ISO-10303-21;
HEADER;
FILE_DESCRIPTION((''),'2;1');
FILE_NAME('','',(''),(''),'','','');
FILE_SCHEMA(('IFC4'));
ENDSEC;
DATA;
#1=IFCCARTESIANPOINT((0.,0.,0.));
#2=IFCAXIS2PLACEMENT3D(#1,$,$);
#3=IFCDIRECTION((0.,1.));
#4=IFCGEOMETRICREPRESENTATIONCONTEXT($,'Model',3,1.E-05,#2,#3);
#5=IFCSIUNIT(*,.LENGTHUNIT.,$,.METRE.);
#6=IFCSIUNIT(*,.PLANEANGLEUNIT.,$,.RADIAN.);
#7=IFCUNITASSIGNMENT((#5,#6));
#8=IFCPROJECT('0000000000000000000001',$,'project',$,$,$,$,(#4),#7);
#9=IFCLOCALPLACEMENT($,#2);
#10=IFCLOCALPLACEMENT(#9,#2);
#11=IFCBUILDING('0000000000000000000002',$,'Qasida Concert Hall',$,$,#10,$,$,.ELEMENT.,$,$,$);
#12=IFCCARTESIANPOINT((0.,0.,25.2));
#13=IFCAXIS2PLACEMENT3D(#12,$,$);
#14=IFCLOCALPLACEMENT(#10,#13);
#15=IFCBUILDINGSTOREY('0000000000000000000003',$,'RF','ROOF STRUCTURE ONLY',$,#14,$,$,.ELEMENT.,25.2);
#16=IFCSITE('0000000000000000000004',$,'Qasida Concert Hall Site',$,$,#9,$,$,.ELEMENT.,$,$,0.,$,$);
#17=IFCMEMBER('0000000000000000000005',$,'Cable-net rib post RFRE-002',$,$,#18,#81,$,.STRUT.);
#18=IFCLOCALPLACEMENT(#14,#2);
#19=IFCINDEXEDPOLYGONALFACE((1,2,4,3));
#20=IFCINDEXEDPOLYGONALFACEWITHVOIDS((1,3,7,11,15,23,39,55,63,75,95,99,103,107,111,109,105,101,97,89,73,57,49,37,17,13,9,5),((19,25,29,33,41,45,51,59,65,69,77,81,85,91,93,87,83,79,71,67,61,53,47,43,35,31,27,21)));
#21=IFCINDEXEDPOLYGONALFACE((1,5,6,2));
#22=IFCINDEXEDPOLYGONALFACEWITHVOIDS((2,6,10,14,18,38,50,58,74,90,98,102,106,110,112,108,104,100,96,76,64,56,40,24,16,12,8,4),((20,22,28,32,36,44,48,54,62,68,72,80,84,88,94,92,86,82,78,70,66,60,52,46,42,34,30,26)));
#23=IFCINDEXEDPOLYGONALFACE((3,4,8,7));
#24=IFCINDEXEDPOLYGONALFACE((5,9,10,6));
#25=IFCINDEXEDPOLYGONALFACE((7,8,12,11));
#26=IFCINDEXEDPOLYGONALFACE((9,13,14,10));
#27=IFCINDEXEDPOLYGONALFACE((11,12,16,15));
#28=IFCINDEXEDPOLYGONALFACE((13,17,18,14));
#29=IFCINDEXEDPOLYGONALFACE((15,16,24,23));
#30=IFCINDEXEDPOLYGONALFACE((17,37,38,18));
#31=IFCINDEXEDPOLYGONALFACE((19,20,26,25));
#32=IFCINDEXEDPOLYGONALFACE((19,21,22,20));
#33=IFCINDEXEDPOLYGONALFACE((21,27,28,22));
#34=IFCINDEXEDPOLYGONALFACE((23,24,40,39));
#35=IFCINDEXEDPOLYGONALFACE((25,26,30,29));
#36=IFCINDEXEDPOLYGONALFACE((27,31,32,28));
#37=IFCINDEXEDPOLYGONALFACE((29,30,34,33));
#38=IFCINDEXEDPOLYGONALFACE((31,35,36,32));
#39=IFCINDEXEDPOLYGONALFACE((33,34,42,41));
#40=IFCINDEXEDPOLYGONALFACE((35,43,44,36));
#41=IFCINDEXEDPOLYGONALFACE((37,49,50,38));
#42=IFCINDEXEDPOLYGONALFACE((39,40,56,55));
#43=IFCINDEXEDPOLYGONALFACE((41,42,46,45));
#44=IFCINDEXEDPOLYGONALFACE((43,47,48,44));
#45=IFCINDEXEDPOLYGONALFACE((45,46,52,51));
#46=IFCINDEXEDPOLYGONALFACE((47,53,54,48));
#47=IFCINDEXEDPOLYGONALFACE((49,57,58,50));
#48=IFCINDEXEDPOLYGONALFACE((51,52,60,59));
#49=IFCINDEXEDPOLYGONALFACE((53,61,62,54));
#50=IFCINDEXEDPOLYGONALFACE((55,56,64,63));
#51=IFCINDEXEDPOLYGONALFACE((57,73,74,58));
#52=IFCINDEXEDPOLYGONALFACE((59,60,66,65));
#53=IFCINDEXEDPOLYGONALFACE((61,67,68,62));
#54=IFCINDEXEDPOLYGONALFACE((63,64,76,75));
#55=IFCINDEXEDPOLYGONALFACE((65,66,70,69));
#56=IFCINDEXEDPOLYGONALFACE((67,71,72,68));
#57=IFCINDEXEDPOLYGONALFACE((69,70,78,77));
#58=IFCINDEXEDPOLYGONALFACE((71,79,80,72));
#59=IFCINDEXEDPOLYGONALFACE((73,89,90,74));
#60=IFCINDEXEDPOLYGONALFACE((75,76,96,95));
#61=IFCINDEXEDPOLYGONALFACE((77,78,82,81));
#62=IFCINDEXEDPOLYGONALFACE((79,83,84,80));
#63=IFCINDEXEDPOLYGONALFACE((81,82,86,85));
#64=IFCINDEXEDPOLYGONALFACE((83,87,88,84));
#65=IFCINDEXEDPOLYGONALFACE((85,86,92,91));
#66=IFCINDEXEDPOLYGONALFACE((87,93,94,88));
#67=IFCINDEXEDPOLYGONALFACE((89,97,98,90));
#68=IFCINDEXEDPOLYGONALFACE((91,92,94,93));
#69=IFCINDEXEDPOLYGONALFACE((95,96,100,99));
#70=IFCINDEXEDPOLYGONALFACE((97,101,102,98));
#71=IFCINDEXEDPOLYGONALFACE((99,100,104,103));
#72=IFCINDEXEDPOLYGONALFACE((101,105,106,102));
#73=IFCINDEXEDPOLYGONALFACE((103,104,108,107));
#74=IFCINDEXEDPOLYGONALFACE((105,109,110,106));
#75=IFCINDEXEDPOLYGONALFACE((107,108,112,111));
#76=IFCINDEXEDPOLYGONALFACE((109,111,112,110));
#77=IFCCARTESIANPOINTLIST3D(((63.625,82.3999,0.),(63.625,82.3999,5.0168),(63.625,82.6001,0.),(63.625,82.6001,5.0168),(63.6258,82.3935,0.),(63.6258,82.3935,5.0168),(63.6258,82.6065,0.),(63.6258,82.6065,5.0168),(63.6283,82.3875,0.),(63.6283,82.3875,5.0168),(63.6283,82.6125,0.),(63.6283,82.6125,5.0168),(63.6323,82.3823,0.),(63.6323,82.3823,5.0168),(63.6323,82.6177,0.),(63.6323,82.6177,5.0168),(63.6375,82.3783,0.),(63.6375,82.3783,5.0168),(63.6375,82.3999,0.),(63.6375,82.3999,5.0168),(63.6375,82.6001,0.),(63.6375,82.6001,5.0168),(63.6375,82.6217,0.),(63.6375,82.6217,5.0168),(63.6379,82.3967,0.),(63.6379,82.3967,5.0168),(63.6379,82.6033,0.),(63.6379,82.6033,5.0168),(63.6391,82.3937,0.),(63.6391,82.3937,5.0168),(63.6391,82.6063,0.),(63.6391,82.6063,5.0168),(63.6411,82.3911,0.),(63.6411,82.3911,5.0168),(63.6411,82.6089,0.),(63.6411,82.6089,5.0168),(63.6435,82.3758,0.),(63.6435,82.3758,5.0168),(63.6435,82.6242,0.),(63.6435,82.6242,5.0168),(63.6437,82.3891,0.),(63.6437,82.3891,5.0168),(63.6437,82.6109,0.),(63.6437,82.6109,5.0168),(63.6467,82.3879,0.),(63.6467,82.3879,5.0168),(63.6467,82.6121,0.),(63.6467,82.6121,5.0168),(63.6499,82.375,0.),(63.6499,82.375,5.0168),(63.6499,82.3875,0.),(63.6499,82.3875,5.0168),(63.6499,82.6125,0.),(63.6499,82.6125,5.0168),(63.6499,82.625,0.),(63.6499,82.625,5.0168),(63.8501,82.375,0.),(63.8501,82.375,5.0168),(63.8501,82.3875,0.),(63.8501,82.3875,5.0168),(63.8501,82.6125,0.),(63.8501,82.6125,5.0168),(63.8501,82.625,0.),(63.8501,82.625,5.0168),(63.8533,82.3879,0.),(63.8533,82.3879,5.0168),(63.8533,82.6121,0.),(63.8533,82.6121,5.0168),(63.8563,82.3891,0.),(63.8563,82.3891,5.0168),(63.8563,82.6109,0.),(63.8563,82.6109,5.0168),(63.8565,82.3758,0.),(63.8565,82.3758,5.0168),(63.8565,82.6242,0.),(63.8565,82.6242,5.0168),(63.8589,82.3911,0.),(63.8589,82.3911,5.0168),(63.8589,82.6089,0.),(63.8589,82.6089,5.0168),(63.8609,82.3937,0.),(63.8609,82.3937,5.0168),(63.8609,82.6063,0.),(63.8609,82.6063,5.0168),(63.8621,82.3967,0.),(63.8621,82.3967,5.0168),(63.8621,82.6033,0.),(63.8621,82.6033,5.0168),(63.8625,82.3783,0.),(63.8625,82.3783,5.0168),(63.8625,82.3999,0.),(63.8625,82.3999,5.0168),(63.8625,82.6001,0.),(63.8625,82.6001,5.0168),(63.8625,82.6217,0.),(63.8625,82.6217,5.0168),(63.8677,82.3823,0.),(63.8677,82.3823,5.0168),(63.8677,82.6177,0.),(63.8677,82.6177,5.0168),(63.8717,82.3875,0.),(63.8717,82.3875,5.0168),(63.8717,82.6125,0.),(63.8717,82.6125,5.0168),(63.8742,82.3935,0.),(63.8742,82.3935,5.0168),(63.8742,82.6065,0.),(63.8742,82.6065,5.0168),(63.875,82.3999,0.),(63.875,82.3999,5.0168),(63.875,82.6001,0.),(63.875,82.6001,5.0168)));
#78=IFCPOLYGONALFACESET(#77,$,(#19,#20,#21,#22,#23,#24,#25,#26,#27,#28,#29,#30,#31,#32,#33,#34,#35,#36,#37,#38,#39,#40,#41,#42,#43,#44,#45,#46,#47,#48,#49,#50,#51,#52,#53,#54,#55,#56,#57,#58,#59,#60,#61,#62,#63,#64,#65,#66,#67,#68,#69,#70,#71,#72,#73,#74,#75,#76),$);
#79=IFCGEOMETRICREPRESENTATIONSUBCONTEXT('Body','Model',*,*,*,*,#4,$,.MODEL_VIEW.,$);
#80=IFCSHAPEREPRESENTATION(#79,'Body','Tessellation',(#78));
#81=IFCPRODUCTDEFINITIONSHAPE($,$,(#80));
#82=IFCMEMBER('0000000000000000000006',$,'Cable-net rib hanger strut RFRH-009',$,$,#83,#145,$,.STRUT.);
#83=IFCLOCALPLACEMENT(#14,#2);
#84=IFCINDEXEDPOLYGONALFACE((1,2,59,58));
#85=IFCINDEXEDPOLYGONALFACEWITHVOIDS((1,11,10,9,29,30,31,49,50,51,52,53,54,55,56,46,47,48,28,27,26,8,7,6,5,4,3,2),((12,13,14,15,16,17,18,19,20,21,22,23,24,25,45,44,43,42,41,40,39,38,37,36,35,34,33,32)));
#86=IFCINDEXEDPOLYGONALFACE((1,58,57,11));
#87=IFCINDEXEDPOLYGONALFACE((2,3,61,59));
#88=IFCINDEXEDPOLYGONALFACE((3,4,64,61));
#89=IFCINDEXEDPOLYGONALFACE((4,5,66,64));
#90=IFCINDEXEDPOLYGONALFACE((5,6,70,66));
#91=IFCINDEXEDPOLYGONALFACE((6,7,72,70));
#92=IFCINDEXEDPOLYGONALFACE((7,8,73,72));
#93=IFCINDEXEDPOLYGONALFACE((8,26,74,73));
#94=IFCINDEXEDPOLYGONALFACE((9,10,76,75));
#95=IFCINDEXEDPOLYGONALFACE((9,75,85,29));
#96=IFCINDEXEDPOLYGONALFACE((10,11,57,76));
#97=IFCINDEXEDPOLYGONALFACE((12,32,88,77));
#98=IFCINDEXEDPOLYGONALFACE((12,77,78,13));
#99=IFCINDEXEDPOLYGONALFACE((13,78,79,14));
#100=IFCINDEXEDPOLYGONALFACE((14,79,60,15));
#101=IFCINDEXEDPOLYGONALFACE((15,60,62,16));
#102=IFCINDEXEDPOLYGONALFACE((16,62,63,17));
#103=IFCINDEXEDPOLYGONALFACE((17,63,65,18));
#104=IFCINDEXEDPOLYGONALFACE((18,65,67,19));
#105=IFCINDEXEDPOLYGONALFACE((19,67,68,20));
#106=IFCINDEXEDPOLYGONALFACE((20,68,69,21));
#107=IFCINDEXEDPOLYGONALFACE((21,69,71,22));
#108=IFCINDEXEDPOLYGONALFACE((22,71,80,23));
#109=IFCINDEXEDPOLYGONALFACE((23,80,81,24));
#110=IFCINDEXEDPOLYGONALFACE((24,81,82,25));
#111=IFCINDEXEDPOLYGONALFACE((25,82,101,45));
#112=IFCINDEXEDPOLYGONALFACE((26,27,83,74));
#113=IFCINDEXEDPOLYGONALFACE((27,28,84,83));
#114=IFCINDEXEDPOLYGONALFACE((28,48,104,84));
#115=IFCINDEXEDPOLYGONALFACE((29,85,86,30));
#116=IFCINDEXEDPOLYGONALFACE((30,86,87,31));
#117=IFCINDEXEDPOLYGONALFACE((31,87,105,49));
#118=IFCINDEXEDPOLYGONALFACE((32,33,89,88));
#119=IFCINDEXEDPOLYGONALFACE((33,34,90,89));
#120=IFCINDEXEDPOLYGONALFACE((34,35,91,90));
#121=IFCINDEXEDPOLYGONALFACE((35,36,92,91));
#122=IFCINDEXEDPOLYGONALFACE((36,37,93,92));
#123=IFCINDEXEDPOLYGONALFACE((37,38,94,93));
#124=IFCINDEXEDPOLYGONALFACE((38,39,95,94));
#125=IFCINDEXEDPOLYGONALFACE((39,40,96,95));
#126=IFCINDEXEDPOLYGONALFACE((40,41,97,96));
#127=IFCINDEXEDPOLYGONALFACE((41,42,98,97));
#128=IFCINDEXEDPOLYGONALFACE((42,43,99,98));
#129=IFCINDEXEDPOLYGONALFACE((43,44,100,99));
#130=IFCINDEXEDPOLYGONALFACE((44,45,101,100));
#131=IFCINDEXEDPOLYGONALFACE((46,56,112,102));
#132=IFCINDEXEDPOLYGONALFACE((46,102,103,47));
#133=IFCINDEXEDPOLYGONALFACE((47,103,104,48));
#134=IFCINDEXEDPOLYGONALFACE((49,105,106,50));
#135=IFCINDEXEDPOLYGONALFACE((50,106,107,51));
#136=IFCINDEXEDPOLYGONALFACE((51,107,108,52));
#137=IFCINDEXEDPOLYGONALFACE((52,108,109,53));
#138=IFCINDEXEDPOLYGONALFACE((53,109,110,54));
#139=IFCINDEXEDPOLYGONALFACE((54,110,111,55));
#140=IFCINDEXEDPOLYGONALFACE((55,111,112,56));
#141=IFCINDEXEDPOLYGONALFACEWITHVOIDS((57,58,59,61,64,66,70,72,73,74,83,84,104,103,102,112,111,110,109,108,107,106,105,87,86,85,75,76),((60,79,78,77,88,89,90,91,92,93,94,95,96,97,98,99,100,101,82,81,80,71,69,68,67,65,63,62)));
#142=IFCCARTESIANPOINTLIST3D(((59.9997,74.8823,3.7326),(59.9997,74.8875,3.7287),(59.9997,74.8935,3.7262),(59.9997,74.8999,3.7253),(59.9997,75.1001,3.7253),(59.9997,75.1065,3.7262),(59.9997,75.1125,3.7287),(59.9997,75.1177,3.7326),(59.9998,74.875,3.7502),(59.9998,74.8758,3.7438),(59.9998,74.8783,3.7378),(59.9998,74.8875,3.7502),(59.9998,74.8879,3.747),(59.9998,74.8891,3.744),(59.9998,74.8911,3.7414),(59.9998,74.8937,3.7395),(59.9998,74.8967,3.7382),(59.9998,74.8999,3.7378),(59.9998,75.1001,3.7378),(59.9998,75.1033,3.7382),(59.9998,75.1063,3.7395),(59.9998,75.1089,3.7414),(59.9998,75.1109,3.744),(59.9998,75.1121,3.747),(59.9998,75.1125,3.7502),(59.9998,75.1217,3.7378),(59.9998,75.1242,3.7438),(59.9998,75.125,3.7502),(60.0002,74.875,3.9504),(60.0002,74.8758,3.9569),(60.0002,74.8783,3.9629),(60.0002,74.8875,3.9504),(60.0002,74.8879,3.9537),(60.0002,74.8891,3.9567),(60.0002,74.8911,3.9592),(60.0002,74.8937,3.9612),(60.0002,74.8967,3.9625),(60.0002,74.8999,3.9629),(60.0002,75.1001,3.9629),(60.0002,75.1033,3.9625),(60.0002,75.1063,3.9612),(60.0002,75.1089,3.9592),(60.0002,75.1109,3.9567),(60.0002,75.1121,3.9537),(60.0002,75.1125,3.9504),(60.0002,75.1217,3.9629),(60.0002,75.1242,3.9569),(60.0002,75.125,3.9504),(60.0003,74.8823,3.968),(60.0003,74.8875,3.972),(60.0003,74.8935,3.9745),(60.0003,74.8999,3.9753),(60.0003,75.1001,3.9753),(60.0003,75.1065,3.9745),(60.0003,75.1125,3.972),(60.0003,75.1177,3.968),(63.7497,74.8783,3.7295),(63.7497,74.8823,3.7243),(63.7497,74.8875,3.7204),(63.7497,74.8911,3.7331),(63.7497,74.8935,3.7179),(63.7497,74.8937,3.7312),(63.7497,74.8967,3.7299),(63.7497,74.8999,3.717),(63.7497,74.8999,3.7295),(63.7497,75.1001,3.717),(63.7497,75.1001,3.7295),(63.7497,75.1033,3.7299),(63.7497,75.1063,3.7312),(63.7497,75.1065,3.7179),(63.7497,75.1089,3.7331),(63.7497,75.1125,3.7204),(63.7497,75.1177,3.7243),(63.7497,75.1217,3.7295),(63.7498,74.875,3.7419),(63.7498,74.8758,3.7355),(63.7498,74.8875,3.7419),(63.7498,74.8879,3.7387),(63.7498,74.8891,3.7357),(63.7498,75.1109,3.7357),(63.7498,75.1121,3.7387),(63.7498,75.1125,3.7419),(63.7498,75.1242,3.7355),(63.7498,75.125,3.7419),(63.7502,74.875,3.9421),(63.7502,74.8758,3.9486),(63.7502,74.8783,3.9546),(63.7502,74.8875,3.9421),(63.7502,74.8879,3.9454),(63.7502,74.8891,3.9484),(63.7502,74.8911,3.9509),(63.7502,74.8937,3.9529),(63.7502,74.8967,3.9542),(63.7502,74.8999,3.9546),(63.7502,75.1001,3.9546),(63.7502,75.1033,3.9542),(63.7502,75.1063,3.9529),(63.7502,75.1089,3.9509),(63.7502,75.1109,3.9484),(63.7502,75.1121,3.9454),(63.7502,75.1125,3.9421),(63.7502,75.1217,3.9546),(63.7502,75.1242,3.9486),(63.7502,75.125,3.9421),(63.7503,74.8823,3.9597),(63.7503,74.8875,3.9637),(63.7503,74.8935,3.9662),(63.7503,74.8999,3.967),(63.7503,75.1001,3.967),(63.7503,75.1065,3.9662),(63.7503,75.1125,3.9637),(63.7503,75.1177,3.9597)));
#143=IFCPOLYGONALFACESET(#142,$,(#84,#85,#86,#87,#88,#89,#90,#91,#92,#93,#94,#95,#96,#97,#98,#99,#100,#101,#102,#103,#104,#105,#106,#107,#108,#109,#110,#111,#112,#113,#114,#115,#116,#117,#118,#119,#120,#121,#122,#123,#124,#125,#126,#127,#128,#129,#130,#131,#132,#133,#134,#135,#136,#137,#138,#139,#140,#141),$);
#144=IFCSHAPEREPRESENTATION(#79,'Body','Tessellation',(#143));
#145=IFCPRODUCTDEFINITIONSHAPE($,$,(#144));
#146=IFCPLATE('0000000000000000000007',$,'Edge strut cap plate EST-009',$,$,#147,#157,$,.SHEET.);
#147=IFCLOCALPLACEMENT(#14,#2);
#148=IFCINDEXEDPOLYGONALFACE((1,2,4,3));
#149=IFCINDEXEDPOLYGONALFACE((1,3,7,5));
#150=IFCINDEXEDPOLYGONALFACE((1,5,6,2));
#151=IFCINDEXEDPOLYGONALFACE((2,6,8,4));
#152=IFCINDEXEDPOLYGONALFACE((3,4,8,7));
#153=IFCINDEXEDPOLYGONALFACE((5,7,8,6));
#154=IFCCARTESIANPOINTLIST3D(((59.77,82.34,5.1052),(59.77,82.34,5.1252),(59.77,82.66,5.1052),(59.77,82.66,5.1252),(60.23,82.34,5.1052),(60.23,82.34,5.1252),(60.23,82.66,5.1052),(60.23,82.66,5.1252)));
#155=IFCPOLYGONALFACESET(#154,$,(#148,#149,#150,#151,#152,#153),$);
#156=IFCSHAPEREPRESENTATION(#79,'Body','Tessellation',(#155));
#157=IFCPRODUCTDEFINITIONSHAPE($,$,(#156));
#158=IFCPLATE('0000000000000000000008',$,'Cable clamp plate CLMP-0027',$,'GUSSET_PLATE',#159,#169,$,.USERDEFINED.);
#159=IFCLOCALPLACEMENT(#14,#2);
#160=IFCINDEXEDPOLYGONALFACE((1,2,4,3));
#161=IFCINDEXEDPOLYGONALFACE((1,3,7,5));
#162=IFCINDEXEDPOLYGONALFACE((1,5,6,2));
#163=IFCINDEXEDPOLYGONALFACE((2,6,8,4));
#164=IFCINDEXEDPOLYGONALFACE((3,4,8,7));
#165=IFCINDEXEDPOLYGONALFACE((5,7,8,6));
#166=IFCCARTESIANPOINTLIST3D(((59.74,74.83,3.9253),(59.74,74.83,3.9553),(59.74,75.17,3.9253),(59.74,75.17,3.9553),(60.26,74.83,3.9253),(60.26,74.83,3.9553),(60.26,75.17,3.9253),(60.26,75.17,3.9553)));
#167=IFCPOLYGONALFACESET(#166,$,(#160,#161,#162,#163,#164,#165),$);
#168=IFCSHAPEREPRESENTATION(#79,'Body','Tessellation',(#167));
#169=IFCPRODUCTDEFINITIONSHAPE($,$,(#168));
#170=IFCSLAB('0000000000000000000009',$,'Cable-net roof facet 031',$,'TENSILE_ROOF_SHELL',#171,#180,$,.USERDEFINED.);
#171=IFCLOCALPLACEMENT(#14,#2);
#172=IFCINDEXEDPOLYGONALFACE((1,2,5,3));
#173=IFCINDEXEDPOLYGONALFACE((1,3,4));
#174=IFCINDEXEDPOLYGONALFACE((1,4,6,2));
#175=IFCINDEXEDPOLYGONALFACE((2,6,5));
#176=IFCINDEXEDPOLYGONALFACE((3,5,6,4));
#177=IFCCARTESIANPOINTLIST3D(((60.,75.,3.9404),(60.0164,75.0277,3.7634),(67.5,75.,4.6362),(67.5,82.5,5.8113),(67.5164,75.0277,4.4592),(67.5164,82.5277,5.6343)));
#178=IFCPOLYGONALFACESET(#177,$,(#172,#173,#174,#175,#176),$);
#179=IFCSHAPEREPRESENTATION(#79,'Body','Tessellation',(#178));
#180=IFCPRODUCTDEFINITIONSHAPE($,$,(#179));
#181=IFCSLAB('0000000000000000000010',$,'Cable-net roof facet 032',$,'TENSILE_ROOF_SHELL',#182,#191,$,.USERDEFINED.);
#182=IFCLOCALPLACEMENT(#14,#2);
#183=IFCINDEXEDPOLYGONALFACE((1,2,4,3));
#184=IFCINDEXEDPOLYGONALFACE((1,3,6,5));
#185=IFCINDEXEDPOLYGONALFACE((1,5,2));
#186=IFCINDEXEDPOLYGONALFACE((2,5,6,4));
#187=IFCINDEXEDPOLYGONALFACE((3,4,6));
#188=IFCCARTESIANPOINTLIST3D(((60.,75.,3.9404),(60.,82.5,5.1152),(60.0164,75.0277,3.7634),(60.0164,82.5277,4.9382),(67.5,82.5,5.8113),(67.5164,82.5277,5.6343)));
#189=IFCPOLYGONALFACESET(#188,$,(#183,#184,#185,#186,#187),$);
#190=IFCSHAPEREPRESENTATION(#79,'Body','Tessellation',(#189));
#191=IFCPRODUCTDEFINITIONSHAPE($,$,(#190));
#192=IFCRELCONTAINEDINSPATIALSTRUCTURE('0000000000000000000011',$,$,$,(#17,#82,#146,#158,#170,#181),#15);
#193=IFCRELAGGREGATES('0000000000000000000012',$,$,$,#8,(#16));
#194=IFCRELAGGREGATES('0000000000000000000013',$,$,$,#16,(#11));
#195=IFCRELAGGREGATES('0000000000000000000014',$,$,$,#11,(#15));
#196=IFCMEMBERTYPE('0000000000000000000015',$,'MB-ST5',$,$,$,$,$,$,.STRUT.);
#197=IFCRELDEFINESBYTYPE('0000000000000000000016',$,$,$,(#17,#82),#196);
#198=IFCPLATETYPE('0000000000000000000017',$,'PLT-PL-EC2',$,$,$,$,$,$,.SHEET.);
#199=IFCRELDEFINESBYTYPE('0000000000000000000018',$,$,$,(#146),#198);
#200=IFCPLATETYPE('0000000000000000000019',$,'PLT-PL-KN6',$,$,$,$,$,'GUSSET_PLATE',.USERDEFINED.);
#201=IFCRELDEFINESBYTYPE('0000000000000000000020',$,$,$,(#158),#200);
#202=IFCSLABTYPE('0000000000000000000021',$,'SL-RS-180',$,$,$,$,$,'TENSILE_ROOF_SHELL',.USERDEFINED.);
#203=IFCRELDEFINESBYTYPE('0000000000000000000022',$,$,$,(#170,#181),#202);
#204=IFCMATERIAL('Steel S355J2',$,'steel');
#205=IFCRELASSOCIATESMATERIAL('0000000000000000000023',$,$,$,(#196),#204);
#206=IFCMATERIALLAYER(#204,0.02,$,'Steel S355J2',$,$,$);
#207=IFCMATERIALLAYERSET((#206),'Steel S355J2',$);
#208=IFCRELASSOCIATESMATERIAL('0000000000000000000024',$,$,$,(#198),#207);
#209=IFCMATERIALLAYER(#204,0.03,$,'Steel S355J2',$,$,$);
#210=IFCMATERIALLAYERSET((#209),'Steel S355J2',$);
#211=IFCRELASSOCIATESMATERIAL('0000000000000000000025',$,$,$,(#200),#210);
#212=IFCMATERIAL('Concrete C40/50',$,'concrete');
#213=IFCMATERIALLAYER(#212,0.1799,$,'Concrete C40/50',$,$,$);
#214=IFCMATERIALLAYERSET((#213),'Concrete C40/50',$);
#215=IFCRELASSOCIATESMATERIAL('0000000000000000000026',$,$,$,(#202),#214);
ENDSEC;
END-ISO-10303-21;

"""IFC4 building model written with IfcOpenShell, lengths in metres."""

from ifc_helpers import new_model, si_unit, direction, frame, origin, origin_2d, place, context, subcontext, project, spatial, polyline, rectangle, hollow_rectangle, outline, extrude, material, layer, layer_set, material_profile, profile_set, type_object, element, save


model = new_model("IFC4")

# Units and contexts
model_context = context("Model", 3, precision=1e-05, world=origin(), true_north=direction((0.0, 1.0)))
body_context = subcontext(model_context, "Body", "Model", "MODEL_VIEW")
ifc_project = project(units=[si_unit("LENGTHUNIT", "METRE"), si_unit("PLANEANGLEUNIT", "RADIAN")], contexts=[model_context])

# Site, building, storey
site_placement = place(None, origin())
site = spatial("IfcSite", under=ifc_project, at=site_placement, Name="Qasida Concert Hall Site", CompositionType="ELEMENT", RefElevation=0.0)
building_placement = place(site_placement, origin())
building = spatial("IfcBuilding", under=site, at=building_placement, Name="Qasida Concert Hall", CompositionType="ELEMENT")
storey_placement = place(building_placement, frame((0.0, 0.0, 25.2)))
storey = spatial("IfcBuildingStorey", under=building, at=storey_placement, Name="RF", Description="ROOF STRUCTURE ONLY", CompositionType="ELEMENT", Elevation=25.2)

# Members
ifc_material_1 = material(Name="Steel S355J2", Category="steel")
ifc_material_profile_1 = material_profile(ifc_material_1, hollow_rectangle(XDim=0.25, YDim=0.25, WallThickness=0.0125, InnerFilletRadius=0.0125, OuterFilletRadius=0.0249, at=origin_2d()), Name="SHS 250x250x12.5")
ifc_profile_set_1 = profile_set([ifc_material_profile_1], Name="Steel S355J2")
member_type_1 = type_object("IfcMemberType", Name="MB-ST5", PredefinedType="STRUT", material=ifc_profile_set_1)
member_1_placement = place(storey_placement, frame((63.75, 82.5, 0.0), z_axis=(0.0, 0.0, 1.0), x_axis=(1.0, 0.0, 0.0)))
element("IfcMember", 1, at=member_1_placement, inside=storey, type_object=member_type_1, Name="Cable-net rib post RFRE-002", PredefinedType="STRUT", context=body_context, shape_type="SweptSolid", body=[
    extrude(hollow_rectangle(XDim=0.25, YDim=0.25, WallThickness=0.0125, InnerFilletRadius=0.0125, OuterFilletRadius=0.0249, at=origin_2d()), origin(), (0.0, 0.0, 1.0), 5.0168),
])
member_2_placement = place(storey_placement, frame((60.0, 75.0, 3.8503), z_axis=(0.999998, 0.0, -0.002214), x_axis=(0.0, 1.0, 0.0)))
element("IfcMember", 2, at=member_2_placement, inside=storey, type_object=member_type_1, Name="Cable-net rib hanger strut RFRH-009", PredefinedType="STRUT", context=body_context, shape_type="SweptSolid", body=[
    extrude(hollow_rectangle(XDim=0.25, YDim=0.25, WallThickness=0.0125, InnerFilletRadius=0.0125, OuterFilletRadius=0.0249, at=origin_2d()), origin(), (0.0, 0.0, 1.0), 3.75),
])

# Plates
ifc_layer_1 = layer(ifc_material_1, 0.02, Name="Steel S355J2")
ifc_layer_set_1 = layer_set([ifc_layer_1], Name="Steel S355J2")
plate_type_1 = type_object("IfcPlateType", Name="PLT-PL-EC2", PredefinedType="SHEET", material=ifc_layer_set_1)
plate_1_placement = place(storey_placement, frame((60.0, 82.5, 5.1052), z_axis=(0.0, 0.0, 1.0), x_axis=(1.0, 0.0, 0.0)))
element("IfcPlate", 3, at=plate_1_placement, inside=storey, type_object=plate_type_1, Name="Edge strut cap plate EST-009", PredefinedType="SHEET", context=body_context, shape_type="SweptSolid", body=[
    extrude(rectangle(XDim=0.46, YDim=0.3201, at=origin_2d()), origin(), (0.0, 0.0, 1.0), 0.02),
])
ifc_layer_2 = layer(ifc_material_1, 0.03, Name="Steel S355J2")
ifc_layer_set_2 = layer_set([ifc_layer_2], Name="Steel S355J2")
plate_type_2 = type_object("IfcPlateType", Name="PLT-PL-KN6", ElementType="GUSSET_PLATE", PredefinedType="USERDEFINED", material=ifc_layer_set_2)
plate_2_placement = place(storey_placement, frame((60.0, 75.0, 3.9253), z_axis=(0.0, 0.0, 1.0), x_axis=(1.0, 0.0, 0.0)))
element("IfcPlate", 4, at=plate_2_placement, inside=storey, type_object=plate_type_2, Name="Cable clamp plate CLMP-0027", ObjectType="GUSSET_PLATE", PredefinedType="USERDEFINED", context=body_context, shape_type="SweptSolid", body=[
    extrude(rectangle(XDim=0.52, YDim=0.3401, at=origin_2d()), origin(), (0.0, 0.0, 1.0), 0.03),
])

# Slabs
ifc_material_2 = material(Name="Concrete C40/50", Category="concrete")
ifc_layer_3 = layer(ifc_material_2, 0.1799, Name="Concrete C40/50")
ifc_layer_set_3 = layer_set([ifc_layer_3], Name="Concrete C40/50")
slab_type = type_object("IfcSlabType", Name="SL-RS-180", ElementType="TENSILE_ROOF_SHELL", PredefinedType="USERDEFINED", material=ifc_layer_set_3)
slab_1_placement = place(storey_placement, frame((60.0, 75.0, 3.9404), z_axis=(-0.091273, -0.154139, 0.983824), x_axis=(0.995724, 0.0, 0.092377)))
element("IfcSlab", 5, at=slab_1_placement, inside=storey, type_object=slab_type, Name="Cable-net roof facet 031", ObjectType="TENSILE_ROOF_SHELL", PredefinedType="USERDEFINED", context=body_context, shape_type="SweptSolid", body=[
    extrude(outline(polyline([(0.0, 0.0), (7.5322, 0.0), (7.6408, 7.5907), (0.0, 0.0)])), origin(), (0.0, 0.0, -1.0), 0.1799),
])
slab_2_placement = place(storey_placement, frame((60.0, 75.0, 3.9404), z_axis=(-0.091305, -0.154107, 0.983826), x_axis=(0.696357, 0.696357, 0.173704)))
element("IfcSlab", 6, at=slab_2_placement, inside=storey, type_object=slab_type, Name="Cable-net roof facet 032", ObjectType="TENSILE_ROOF_SHELL", PredefinedType="USERDEFINED", context=body_context, shape_type="SweptSolid", body=[
    extrude(outline(polyline([(0.0, 0.0), (10.7703, 0.0), (5.4267, 5.3085), (0.0, 0.0)])), origin(), (0.0, 0.0, -1.0), 0.1799),
])

save(model, "model.ifc")
